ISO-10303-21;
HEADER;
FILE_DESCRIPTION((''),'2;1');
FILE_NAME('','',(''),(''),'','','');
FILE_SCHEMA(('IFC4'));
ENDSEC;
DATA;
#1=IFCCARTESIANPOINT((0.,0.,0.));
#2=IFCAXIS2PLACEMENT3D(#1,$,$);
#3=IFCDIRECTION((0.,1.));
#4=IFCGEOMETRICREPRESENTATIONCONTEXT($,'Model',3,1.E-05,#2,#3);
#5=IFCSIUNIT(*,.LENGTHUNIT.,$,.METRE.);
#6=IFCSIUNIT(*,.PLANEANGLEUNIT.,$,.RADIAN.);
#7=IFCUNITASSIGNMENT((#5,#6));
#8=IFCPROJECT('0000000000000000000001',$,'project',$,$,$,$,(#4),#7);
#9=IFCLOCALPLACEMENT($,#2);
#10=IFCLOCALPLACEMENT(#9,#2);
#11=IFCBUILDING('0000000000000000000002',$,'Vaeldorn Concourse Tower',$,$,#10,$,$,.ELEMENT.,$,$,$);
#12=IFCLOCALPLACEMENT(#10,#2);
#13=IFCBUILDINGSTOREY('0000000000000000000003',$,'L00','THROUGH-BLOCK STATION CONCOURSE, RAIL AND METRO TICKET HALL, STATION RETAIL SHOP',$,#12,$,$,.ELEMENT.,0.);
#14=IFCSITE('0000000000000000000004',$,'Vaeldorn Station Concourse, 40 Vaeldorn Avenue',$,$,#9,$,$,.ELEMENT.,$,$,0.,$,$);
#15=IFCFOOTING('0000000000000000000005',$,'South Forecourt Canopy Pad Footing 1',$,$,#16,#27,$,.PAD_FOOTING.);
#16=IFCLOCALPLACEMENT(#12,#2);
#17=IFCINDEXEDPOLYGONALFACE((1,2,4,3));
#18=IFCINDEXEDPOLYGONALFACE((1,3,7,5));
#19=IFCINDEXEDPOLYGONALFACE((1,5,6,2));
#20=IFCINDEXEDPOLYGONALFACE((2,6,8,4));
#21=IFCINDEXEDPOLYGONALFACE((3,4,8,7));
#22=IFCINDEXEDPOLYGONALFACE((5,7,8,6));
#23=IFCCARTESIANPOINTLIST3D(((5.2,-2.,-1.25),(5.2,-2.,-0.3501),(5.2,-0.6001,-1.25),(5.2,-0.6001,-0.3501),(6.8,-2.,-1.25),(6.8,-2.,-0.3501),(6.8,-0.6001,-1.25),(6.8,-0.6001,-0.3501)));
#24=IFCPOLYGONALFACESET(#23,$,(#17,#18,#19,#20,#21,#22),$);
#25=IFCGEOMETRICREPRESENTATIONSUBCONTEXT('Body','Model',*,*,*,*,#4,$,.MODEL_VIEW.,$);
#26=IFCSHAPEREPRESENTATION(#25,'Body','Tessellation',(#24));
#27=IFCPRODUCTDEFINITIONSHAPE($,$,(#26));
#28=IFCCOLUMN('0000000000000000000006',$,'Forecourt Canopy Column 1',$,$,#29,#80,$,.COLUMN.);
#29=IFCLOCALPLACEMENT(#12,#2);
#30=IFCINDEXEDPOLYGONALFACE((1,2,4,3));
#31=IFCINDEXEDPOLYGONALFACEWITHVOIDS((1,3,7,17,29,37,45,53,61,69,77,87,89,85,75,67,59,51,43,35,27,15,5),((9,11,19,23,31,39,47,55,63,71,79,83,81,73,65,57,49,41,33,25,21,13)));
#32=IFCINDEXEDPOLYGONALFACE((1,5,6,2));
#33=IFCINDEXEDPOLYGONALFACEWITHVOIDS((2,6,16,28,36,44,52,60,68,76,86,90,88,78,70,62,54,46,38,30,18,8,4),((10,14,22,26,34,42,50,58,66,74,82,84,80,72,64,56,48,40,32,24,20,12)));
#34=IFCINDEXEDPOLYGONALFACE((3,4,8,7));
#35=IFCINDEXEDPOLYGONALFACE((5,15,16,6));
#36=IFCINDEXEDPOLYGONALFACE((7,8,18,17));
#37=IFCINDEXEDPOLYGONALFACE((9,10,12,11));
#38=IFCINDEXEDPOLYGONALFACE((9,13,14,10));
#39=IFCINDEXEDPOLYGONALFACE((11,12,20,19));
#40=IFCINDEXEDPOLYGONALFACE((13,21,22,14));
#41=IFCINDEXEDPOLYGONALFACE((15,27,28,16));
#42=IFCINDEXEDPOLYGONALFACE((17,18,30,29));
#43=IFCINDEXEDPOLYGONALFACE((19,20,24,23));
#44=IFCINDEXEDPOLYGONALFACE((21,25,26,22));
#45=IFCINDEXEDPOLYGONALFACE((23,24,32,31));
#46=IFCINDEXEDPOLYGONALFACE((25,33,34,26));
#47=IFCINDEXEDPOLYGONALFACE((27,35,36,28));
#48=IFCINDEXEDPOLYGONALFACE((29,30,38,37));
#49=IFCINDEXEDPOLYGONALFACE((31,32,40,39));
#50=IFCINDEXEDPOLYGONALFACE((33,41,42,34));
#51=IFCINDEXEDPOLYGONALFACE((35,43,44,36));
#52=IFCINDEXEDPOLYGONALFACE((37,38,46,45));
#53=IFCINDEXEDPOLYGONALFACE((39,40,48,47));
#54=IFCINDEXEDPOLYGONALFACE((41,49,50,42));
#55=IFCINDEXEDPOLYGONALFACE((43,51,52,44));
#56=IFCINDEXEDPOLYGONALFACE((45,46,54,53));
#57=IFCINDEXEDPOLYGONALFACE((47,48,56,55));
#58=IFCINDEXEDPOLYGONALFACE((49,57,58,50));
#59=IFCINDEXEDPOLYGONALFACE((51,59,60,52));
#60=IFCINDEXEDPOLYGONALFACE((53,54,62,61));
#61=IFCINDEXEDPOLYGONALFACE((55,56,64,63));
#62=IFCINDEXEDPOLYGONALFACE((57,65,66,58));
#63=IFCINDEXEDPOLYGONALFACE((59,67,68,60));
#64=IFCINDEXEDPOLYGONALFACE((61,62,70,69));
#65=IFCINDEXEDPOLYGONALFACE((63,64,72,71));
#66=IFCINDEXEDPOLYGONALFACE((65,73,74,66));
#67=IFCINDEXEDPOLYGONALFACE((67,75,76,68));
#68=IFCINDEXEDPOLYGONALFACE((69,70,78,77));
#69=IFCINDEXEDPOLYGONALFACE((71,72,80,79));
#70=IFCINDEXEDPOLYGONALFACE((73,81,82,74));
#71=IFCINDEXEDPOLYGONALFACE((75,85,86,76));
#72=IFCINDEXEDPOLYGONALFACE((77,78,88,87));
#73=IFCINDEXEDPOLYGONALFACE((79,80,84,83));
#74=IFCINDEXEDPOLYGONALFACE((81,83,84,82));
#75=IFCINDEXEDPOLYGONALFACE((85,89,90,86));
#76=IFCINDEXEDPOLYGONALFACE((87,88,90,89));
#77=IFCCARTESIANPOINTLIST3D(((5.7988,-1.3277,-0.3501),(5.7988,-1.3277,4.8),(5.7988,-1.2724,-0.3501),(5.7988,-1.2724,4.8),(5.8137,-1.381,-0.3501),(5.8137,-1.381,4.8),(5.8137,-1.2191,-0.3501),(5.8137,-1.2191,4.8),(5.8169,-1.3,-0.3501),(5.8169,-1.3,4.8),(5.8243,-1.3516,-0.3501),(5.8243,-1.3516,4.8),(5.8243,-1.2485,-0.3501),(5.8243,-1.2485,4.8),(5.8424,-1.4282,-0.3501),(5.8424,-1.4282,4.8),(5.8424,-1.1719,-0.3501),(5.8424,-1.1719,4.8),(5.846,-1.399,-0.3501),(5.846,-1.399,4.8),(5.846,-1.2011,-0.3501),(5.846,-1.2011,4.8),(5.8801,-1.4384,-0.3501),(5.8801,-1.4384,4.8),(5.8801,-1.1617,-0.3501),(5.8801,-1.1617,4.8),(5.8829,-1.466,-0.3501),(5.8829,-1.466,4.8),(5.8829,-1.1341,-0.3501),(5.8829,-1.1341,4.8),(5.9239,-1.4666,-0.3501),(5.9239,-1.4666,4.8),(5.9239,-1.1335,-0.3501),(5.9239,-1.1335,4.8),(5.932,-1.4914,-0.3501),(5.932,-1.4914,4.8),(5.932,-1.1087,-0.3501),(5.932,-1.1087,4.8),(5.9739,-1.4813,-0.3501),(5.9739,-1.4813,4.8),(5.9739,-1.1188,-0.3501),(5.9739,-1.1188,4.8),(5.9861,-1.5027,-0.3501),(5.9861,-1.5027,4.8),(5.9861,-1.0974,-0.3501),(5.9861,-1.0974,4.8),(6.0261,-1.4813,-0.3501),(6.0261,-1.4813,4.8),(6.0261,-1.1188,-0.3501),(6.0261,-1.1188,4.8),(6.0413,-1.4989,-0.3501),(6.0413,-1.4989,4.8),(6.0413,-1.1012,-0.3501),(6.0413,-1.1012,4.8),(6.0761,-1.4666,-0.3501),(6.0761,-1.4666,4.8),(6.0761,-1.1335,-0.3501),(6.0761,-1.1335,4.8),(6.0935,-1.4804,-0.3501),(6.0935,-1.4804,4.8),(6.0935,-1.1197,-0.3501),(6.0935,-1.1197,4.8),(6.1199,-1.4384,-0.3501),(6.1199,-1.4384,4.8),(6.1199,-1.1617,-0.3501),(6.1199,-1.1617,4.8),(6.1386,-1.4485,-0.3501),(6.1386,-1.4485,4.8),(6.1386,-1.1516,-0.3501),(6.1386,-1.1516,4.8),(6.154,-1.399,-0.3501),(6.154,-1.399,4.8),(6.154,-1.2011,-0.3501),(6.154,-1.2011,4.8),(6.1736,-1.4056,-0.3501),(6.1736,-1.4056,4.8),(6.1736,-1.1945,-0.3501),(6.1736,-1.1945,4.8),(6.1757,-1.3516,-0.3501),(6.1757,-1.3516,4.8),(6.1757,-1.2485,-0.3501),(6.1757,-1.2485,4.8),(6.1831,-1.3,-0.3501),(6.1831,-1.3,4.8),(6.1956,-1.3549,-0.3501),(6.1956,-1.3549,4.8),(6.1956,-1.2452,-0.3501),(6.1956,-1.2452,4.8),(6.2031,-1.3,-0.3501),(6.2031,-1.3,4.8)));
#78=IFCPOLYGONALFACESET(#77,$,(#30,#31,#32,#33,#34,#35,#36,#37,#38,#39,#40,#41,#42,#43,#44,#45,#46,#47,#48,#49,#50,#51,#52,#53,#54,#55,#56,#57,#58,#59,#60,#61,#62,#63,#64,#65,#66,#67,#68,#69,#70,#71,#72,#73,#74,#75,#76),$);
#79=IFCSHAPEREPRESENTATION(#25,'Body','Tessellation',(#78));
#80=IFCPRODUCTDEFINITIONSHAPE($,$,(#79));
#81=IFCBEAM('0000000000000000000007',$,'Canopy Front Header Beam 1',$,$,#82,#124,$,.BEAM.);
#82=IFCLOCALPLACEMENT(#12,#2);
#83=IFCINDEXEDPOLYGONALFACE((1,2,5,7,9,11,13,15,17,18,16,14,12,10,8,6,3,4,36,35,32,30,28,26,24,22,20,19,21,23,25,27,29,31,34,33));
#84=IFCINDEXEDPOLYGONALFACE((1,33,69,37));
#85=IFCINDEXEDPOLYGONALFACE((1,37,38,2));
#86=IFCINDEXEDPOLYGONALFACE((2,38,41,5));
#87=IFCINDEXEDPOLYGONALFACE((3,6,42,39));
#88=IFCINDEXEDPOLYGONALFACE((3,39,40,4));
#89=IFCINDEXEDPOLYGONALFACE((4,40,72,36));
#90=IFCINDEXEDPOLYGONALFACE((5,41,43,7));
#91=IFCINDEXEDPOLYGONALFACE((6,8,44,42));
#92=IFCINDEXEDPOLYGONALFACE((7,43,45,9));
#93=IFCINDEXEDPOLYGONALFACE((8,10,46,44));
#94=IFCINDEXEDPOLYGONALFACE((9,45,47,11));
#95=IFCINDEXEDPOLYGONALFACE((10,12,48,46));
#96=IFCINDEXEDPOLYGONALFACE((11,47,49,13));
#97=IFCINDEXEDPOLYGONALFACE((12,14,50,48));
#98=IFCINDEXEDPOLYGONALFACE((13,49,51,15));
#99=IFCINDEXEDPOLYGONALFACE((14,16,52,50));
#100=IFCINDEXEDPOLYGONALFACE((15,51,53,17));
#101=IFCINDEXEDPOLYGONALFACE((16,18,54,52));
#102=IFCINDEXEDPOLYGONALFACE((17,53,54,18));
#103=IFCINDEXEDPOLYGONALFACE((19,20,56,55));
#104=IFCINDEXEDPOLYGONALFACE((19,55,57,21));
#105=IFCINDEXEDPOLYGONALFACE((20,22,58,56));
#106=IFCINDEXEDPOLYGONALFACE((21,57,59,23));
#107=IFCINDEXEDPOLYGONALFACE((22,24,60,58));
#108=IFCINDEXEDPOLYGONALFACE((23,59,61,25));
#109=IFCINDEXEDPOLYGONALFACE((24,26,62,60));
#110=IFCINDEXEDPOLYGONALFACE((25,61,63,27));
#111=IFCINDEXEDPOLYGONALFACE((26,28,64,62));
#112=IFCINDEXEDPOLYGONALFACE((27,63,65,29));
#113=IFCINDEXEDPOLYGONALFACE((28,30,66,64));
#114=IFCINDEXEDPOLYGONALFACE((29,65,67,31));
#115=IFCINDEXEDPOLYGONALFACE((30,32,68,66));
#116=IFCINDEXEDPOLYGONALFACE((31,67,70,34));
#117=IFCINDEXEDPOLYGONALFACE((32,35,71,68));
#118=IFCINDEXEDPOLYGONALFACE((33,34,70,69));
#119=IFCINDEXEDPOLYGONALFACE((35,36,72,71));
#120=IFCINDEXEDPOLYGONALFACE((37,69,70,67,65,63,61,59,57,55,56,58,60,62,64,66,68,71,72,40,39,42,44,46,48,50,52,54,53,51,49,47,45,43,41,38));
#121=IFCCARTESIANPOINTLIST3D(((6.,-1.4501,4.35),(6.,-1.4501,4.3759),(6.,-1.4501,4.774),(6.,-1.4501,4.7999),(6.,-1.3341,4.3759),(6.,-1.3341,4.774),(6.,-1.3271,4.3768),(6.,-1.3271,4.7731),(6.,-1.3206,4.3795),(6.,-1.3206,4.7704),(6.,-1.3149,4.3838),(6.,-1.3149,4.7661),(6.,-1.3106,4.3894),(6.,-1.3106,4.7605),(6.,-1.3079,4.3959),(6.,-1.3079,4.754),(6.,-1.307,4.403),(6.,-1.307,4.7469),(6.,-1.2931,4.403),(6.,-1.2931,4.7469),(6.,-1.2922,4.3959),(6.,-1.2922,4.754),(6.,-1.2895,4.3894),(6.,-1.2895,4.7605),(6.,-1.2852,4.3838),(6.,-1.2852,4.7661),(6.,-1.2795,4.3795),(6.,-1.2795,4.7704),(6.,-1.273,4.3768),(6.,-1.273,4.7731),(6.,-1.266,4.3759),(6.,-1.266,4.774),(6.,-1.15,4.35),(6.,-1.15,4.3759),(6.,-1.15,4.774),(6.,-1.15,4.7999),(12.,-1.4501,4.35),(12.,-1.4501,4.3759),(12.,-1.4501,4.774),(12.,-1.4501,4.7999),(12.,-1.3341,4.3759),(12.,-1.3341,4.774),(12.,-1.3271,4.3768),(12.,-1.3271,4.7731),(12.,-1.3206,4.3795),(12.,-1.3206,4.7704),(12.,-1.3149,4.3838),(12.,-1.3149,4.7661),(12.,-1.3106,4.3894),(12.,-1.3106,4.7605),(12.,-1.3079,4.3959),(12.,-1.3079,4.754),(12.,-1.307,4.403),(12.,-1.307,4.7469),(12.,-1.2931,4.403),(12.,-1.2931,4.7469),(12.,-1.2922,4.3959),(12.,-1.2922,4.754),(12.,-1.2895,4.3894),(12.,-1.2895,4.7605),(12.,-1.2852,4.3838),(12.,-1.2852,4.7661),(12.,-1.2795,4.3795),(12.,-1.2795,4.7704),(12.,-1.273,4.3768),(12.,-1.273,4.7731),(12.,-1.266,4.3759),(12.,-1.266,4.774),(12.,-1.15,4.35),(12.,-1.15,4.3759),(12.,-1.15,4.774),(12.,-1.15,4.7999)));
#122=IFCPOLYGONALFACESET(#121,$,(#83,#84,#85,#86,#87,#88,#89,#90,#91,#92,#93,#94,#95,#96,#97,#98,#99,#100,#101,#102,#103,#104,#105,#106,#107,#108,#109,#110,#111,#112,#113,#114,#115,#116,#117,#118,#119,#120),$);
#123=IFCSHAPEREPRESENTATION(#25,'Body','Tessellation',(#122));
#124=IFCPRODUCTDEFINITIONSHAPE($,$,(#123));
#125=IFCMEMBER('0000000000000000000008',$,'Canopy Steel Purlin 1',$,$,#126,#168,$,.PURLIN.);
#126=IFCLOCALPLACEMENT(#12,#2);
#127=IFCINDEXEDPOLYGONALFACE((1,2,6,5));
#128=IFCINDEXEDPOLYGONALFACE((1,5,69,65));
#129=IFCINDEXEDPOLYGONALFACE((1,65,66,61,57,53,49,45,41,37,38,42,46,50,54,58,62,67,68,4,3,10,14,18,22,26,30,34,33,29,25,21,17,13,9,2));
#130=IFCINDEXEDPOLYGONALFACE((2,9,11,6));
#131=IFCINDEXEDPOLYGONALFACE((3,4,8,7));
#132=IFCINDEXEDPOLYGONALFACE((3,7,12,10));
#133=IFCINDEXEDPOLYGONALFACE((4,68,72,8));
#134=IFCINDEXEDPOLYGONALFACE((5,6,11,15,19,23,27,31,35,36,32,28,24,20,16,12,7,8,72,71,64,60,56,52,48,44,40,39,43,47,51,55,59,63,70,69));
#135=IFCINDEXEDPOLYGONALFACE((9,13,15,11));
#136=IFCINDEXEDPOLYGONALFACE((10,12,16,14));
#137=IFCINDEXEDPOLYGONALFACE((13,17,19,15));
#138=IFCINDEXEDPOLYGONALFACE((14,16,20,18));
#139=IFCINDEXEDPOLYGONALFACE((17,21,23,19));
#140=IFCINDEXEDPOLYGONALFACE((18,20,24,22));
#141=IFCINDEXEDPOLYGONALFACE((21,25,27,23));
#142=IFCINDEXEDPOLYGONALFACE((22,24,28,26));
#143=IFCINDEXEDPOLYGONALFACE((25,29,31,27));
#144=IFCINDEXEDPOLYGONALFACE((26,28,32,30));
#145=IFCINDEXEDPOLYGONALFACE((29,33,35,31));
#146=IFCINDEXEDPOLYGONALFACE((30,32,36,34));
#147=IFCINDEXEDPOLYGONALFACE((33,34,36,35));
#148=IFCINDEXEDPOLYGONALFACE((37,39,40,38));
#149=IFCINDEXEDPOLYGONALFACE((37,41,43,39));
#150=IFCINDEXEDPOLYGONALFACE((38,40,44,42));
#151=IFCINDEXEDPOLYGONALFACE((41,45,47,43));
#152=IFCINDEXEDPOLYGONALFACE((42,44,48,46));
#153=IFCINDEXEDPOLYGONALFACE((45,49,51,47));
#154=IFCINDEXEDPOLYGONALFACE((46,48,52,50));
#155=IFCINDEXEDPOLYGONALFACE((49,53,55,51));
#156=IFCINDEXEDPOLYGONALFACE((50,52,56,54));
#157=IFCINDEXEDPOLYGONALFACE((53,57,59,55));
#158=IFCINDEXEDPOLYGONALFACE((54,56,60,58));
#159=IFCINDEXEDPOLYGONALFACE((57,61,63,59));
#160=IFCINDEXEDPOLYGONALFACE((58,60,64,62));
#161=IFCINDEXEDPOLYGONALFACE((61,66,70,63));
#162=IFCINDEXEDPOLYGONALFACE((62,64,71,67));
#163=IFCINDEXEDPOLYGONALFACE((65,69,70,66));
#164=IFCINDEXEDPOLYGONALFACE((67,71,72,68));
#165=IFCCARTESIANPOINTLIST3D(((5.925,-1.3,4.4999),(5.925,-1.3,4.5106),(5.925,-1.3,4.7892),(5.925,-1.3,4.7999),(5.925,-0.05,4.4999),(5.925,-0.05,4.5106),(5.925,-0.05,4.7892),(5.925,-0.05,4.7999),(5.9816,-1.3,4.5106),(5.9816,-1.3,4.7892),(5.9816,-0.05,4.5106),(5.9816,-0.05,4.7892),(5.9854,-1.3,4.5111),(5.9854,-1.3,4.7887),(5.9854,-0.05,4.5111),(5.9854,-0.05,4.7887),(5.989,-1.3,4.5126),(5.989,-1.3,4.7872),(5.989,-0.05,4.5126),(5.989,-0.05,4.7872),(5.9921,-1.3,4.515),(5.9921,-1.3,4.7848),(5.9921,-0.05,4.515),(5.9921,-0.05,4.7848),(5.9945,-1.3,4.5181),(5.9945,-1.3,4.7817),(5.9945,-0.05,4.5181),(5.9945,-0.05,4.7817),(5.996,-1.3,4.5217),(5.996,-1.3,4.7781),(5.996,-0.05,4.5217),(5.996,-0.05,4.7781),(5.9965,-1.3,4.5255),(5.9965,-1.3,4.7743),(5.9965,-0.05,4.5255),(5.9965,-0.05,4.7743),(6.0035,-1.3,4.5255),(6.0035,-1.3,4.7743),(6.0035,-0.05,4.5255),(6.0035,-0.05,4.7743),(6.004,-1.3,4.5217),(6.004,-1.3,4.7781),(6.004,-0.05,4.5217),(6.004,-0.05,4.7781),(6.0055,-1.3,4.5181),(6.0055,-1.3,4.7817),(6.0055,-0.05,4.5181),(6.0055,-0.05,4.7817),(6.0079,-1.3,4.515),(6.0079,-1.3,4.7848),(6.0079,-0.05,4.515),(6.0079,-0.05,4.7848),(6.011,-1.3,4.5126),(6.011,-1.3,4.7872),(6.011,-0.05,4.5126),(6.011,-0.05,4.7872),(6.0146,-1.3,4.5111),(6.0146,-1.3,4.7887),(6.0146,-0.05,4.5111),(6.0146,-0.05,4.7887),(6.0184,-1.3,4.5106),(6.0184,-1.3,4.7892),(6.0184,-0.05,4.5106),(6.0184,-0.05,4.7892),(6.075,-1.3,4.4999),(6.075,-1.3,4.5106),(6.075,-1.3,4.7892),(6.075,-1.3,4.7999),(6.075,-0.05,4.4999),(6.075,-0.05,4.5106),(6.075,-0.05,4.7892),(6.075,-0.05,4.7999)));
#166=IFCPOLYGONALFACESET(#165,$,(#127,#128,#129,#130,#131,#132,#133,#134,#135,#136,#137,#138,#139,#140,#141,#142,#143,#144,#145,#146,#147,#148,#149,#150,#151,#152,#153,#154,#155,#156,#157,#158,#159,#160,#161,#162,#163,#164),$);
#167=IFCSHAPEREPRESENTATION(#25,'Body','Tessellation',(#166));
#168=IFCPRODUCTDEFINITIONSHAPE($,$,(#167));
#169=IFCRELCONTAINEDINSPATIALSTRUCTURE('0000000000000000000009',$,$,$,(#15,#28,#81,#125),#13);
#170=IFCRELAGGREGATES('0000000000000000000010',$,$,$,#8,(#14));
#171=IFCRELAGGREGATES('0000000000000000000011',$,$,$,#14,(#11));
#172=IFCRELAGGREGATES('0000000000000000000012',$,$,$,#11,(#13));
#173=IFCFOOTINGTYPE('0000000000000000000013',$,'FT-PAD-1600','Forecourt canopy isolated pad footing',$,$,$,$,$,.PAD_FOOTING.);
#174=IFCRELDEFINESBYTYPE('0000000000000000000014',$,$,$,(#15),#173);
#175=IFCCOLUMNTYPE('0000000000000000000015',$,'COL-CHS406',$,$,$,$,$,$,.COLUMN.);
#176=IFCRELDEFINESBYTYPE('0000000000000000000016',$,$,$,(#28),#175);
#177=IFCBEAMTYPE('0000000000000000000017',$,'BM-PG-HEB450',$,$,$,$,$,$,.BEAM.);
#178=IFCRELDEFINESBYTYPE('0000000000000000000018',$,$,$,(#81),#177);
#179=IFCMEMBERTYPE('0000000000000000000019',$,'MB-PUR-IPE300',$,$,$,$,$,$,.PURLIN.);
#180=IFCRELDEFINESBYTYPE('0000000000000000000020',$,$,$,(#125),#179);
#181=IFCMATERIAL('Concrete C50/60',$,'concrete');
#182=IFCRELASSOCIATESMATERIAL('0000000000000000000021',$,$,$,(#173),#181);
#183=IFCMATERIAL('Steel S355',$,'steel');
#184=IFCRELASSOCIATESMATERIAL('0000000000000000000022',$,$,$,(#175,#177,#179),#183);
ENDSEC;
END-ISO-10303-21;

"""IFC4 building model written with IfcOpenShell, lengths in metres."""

from ifc_helpers import new_model, si_unit, direction, frame, origin, origin_2d, place, context, subcontext, project, spatial, rectangle, hollow_circle, i_section, extrude, source, transform, mapped, material, material_profile, profile_set, type_object, element, save


model = new_model("IFC4")

# Units and contexts
model_context = context("Model", 3, precision=1e-05, world=origin(), true_north=direction((0.0, 1.0)))
body_context = subcontext(model_context, "Body", "Model", "MODEL_VIEW")
ifc_project = project(units=[si_unit("LENGTHUNIT", "METRE"), si_unit("PLANEANGLEUNIT", "RADIAN")], contexts=[model_context])

# Site, building, storey
site_placement = place(None, origin())
site = spatial("IfcSite", under=ifc_project, at=site_placement, Name="Vaeldorn Station Concourse, 40 Vaeldorn Avenue", CompositionType="ELEMENT", RefElevation=0.0)
building_placement = place(site_placement, origin())
building = spatial("IfcBuilding", under=site, at=building_placement, Name="Vaeldorn Concourse Tower", CompositionType="ELEMENT")
storey_placement = place(building_placement, origin())
storey = spatial("IfcBuildingStorey", under=building, at=storey_placement, Name="L00", Description="THROUGH-BLOCK STATION CONCOURSE, RAIL AND METRO TICKET HALL, STATION RETAIL SHOP", CompositionType="ELEMENT", Elevation=0.0)

# Footing
ifc_material_1 = material(Name="Concrete C50/60", Category="concrete")
footing_type = type_object("IfcFootingType", Name="FT-PAD-1600", Description="Forecourt canopy isolated pad footing", PredefinedType="PAD_FOOTING", material=ifc_material_1)
shared_shape_1 = source(origin(), body_context, "Body", "SweptSolid", [
    extrude(rectangle(XDim=1.6001, YDim=1.3999, at=origin_2d()), origin(), (0.0, 0.0, 1.0), 0.8999),
])
footing_placement = place(storey_placement, frame((6.0, -1.3, -1.25), z_axis=(0.0, 0.0, 1.0), x_axis=(1.0, 0.0, 0.0)))
element("IfcFooting", 1, at=footing_placement, inside=storey, type_object=footing_type, Name="South Forecourt Canopy Pad Footing 1", PredefinedType="PAD_FOOTING", context=body_context, shape_type="MappedRepresentation", body=[
    mapped(shared_shape_1, transform((0.0, 0.0, 0.0), scale=1.0)),
])

# Column
ifc_material_2 = material(Name="Steel S355", Category="steel")
ifc_material_profile_1 = material_profile(ifc_material_2, hollow_circle(Radius=0.2031, WallThickness=0.02, at=origin_2d()), Name="CHS 406.4x20")
ifc_profile_set_1 = profile_set([ifc_material_profile_1], Name="Steel S355")
column_type = type_object("IfcColumnType", Name="COL-CHS406", PredefinedType="COLUMN", material=ifc_profile_set_1)
shared_shape_2 = source(origin(), body_context, "Body", "SweptSolid", [
    extrude(hollow_circle(Radius=0.2031, WallThickness=0.02, at=origin_2d()), origin(), (0.0, 0.0, 1.0), 5.1501),
])
column_placement = place(storey_placement, frame((6.0, -1.3, -0.3501), z_axis=(0.0, 0.0, 1.0), x_axis=(1.0, 0.0, 0.0)))
element("IfcColumn", 2, at=column_placement, inside=storey, type_object=column_type, Name="Forecourt Canopy Column 1", PredefinedType="COLUMN", context=body_context, shape_type="MappedRepresentation", body=[
    mapped(shared_shape_2, transform((0.0, 0.0, 0.0), scale=1.0)),
])

# Beam
ifc_material_profile_2 = material_profile(ifc_material_2, i_section(OverallWidth=0.3, OverallDepth=0.45, WebThickness=0.0139, FlangeThickness=0.0259, FilletRadius=0.0271, at=origin_2d()), Name="HEB 450")
ifc_profile_set_2 = profile_set([ifc_material_profile_2], Name="Steel S355")
beam_type = type_object("IfcBeamType", Name="BM-PG-HEB450", PredefinedType="BEAM", material=ifc_profile_set_2)
shared_shape_3 = source(origin(), body_context, "Body", "SweptSolid", [
    extrude(i_section(OverallWidth=0.3, OverallDepth=0.45, WebThickness=0.0139, FlangeThickness=0.0259, FilletRadius=0.0271, at=origin_2d()), origin(), (0.0, 0.0, 1.0), 6.0),
])
beam_placement = place(storey_placement, frame((6.0, -1.3, 4.575), z_axis=(1.0, 0.0, 0.0), x_axis=(0.0, 1.0, 0.0)))
element("IfcBeam", 3, at=beam_placement, inside=storey, type_object=beam_type, Name="Canopy Front Header Beam 1", PredefinedType="BEAM", context=body_context, shape_type="MappedRepresentation", body=[
    mapped(shared_shape_3, transform((0.0, 0.0, 0.0), scale=1.0)),
])

# Member
ifc_material_profile_3 = material_profile(ifc_material_2, i_section(OverallWidth=0.1499, OverallDepth=0.3, WebThickness=0.0071, FlangeThickness=0.0107, FilletRadius=0.0149, at=origin_2d()), Name="IPE 300")
ifc_profile_set_3 = profile_set([ifc_material_profile_3], Name="Steel S355")
member_type = type_object("IfcMemberType", Name="MB-PUR-IPE300", PredefinedType="PURLIN", material=ifc_profile_set_3)
shared_shape_4 = source(origin(), body_context, "Body", "SweptSolid", [
    extrude(i_section(OverallWidth=0.1499, OverallDepth=0.3, WebThickness=0.0071, FlangeThickness=0.0107, FilletRadius=0.0149, at=origin_2d()), origin(), (0.0, 0.0, 1.0), 1.25),
])
member_placement = place(storey_placement, frame((6.0, -1.3, 4.6499), z_axis=(0.0, 1.0, 0.0), x_axis=(-1.0, 0.0, 0.0)))
element("IfcMember", 4, at=member_placement, inside=storey, type_object=member_type, Name="Canopy Steel Purlin 1", PredefinedType="PURLIN", context=body_context, shape_type="MappedRepresentation", body=[
    mapped(shared_shape_4, transform((0.0, 0.0, 0.0), scale=1.0)),
])

save(model, "model.ifc")
